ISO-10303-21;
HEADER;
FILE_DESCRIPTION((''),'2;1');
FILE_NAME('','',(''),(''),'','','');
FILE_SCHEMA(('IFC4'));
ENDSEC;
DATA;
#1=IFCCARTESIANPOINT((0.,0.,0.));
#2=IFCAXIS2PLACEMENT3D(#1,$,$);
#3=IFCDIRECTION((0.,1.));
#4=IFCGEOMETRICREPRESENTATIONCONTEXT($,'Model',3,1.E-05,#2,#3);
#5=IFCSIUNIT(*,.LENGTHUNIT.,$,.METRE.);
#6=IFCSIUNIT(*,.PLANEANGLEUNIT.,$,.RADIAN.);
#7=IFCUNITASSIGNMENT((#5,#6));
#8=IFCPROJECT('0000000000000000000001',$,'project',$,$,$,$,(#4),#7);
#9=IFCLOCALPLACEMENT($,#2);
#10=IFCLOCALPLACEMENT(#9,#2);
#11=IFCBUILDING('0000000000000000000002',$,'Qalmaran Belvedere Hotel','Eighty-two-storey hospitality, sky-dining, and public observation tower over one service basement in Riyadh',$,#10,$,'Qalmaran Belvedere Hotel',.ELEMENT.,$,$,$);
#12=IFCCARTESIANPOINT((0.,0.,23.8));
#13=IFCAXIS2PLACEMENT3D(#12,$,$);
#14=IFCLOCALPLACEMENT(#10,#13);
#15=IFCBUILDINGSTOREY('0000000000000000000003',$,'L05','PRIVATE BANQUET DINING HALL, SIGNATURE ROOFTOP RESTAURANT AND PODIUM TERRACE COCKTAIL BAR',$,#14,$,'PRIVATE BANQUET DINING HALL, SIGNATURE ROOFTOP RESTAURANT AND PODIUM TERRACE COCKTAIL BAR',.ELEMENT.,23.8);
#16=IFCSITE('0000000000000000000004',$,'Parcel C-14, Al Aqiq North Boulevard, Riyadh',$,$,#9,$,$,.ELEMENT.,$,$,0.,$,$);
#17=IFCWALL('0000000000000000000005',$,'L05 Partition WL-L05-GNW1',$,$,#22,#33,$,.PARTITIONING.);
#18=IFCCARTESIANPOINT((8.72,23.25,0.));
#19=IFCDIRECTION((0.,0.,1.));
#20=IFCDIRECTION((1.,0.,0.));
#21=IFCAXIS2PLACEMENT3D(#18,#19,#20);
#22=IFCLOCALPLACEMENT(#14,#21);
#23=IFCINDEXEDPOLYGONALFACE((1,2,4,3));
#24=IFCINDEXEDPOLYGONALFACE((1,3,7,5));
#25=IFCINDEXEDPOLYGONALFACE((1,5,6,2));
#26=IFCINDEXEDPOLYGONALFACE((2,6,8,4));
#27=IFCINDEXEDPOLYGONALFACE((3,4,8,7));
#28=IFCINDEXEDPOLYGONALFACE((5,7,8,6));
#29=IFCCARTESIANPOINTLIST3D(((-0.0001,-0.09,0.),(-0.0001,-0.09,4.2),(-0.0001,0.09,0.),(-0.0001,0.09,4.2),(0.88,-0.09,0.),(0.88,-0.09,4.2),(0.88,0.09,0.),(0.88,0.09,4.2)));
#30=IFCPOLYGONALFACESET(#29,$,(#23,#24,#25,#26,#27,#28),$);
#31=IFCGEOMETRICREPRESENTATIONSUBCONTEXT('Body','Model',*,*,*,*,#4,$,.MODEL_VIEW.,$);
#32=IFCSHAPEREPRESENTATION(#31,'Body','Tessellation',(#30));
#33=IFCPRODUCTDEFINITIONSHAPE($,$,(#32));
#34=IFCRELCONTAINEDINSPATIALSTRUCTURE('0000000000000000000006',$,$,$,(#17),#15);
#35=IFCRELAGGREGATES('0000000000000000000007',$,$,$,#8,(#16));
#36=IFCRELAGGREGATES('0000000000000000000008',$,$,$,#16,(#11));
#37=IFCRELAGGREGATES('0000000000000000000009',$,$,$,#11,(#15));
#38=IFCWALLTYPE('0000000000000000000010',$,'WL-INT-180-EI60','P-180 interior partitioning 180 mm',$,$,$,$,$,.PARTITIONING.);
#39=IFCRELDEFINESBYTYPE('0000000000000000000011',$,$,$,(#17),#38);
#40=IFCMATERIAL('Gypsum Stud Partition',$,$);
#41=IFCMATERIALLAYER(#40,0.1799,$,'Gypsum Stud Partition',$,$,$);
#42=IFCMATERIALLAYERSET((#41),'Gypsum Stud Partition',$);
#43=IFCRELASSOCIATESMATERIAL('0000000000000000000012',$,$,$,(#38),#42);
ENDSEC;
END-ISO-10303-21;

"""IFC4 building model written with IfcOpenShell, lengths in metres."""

from ifc_helpers import new_model, si_unit, direction, frame, frame_2d, origin, place, context, subcontext, project, spatial, rectangle, extrude, material, layer, layer_set, type_object, element, save


model = new_model("IFC4")

# Units and contexts
model_context = context("Model", 3, precision=1e-05, world=origin(), true_north=direction((0.0, 1.0)))
body_context = subcontext(model_context, "Body", "Model", "MODEL_VIEW")
ifc_project = project(units=[si_unit("LENGTHUNIT", "METRE"), si_unit("PLANEANGLEUNIT", "RADIAN")], contexts=[model_context])

# Site, building, storey
site_placement = place(None, origin())
site = spatial("IfcSite", under=ifc_project, at=site_placement, Name="Parcel C-14, Al Aqiq North Boulevard, Riyadh", CompositionType="ELEMENT", RefElevation=0.0)
building_placement = place(site_placement, origin())
building = spatial("IfcBuilding", under=site, at=building_placement, Name="Qalmaran Belvedere Hotel", Description="Eighty-two-storey hospitality, sky-dining, and public observation tower over one service basement in Riyadh", LongName="Qalmaran Belvedere Hotel", CompositionType="ELEMENT")
storey_placement = place(building_placement, frame((0.0, 0.0, 23.8)))
storey = spatial("IfcBuildingStorey", under=building, at=storey_placement, Name="L05", Description="PRIVATE BANQUET DINING HALL, SIGNATURE ROOFTOP RESTAURANT AND PODIUM TERRACE COCKTAIL BAR", LongName="PRIVATE BANQUET DINING HALL, SIGNATURE ROOFTOP RESTAURANT AND PODIUM TERRACE COCKTAIL BAR", CompositionType="ELEMENT", Elevation=23.8)

# Shared definitions
ifc_material_1 = material(Name="Gypsum Stud Partition")

# Shared definitions
ifc_layer_1 = layer(ifc_material_1, 0.1799, Name="Gypsum Stud Partition")
ifc_layer_set_1 = layer_set([ifc_layer_1], Name="Gypsum Stud Partition")
wall_type_1 = type_object("IfcWallType", Name="WL-INT-180-EI60", Description="P-180 interior partitioning 180 mm", PredefinedType="PARTITIONING", material=ifc_layer_set_1)

# Wall
wall_1_placement = place(storey_placement, frame((8.72, 23.25, 0.0), z_axis=(0.0, 0.0, 1.0), x_axis=(1.0, 0.0, 0.0)))
element("IfcWall", 1, at=wall_1_placement, inside=storey, type_object=wall_type_1, Name="L05 Partition WL-L05-GNW1", PredefinedType="PARTITIONING", context=body_context, shape_type="SweptSolid", body=[
    extrude(rectangle(XDim=0.8801, YDim=0.1799, at=frame_2d((0.4399, 0.0))), origin(), (0.0, 0.0, 1.0), 4.2),
])

save(model, "model.ifc")
